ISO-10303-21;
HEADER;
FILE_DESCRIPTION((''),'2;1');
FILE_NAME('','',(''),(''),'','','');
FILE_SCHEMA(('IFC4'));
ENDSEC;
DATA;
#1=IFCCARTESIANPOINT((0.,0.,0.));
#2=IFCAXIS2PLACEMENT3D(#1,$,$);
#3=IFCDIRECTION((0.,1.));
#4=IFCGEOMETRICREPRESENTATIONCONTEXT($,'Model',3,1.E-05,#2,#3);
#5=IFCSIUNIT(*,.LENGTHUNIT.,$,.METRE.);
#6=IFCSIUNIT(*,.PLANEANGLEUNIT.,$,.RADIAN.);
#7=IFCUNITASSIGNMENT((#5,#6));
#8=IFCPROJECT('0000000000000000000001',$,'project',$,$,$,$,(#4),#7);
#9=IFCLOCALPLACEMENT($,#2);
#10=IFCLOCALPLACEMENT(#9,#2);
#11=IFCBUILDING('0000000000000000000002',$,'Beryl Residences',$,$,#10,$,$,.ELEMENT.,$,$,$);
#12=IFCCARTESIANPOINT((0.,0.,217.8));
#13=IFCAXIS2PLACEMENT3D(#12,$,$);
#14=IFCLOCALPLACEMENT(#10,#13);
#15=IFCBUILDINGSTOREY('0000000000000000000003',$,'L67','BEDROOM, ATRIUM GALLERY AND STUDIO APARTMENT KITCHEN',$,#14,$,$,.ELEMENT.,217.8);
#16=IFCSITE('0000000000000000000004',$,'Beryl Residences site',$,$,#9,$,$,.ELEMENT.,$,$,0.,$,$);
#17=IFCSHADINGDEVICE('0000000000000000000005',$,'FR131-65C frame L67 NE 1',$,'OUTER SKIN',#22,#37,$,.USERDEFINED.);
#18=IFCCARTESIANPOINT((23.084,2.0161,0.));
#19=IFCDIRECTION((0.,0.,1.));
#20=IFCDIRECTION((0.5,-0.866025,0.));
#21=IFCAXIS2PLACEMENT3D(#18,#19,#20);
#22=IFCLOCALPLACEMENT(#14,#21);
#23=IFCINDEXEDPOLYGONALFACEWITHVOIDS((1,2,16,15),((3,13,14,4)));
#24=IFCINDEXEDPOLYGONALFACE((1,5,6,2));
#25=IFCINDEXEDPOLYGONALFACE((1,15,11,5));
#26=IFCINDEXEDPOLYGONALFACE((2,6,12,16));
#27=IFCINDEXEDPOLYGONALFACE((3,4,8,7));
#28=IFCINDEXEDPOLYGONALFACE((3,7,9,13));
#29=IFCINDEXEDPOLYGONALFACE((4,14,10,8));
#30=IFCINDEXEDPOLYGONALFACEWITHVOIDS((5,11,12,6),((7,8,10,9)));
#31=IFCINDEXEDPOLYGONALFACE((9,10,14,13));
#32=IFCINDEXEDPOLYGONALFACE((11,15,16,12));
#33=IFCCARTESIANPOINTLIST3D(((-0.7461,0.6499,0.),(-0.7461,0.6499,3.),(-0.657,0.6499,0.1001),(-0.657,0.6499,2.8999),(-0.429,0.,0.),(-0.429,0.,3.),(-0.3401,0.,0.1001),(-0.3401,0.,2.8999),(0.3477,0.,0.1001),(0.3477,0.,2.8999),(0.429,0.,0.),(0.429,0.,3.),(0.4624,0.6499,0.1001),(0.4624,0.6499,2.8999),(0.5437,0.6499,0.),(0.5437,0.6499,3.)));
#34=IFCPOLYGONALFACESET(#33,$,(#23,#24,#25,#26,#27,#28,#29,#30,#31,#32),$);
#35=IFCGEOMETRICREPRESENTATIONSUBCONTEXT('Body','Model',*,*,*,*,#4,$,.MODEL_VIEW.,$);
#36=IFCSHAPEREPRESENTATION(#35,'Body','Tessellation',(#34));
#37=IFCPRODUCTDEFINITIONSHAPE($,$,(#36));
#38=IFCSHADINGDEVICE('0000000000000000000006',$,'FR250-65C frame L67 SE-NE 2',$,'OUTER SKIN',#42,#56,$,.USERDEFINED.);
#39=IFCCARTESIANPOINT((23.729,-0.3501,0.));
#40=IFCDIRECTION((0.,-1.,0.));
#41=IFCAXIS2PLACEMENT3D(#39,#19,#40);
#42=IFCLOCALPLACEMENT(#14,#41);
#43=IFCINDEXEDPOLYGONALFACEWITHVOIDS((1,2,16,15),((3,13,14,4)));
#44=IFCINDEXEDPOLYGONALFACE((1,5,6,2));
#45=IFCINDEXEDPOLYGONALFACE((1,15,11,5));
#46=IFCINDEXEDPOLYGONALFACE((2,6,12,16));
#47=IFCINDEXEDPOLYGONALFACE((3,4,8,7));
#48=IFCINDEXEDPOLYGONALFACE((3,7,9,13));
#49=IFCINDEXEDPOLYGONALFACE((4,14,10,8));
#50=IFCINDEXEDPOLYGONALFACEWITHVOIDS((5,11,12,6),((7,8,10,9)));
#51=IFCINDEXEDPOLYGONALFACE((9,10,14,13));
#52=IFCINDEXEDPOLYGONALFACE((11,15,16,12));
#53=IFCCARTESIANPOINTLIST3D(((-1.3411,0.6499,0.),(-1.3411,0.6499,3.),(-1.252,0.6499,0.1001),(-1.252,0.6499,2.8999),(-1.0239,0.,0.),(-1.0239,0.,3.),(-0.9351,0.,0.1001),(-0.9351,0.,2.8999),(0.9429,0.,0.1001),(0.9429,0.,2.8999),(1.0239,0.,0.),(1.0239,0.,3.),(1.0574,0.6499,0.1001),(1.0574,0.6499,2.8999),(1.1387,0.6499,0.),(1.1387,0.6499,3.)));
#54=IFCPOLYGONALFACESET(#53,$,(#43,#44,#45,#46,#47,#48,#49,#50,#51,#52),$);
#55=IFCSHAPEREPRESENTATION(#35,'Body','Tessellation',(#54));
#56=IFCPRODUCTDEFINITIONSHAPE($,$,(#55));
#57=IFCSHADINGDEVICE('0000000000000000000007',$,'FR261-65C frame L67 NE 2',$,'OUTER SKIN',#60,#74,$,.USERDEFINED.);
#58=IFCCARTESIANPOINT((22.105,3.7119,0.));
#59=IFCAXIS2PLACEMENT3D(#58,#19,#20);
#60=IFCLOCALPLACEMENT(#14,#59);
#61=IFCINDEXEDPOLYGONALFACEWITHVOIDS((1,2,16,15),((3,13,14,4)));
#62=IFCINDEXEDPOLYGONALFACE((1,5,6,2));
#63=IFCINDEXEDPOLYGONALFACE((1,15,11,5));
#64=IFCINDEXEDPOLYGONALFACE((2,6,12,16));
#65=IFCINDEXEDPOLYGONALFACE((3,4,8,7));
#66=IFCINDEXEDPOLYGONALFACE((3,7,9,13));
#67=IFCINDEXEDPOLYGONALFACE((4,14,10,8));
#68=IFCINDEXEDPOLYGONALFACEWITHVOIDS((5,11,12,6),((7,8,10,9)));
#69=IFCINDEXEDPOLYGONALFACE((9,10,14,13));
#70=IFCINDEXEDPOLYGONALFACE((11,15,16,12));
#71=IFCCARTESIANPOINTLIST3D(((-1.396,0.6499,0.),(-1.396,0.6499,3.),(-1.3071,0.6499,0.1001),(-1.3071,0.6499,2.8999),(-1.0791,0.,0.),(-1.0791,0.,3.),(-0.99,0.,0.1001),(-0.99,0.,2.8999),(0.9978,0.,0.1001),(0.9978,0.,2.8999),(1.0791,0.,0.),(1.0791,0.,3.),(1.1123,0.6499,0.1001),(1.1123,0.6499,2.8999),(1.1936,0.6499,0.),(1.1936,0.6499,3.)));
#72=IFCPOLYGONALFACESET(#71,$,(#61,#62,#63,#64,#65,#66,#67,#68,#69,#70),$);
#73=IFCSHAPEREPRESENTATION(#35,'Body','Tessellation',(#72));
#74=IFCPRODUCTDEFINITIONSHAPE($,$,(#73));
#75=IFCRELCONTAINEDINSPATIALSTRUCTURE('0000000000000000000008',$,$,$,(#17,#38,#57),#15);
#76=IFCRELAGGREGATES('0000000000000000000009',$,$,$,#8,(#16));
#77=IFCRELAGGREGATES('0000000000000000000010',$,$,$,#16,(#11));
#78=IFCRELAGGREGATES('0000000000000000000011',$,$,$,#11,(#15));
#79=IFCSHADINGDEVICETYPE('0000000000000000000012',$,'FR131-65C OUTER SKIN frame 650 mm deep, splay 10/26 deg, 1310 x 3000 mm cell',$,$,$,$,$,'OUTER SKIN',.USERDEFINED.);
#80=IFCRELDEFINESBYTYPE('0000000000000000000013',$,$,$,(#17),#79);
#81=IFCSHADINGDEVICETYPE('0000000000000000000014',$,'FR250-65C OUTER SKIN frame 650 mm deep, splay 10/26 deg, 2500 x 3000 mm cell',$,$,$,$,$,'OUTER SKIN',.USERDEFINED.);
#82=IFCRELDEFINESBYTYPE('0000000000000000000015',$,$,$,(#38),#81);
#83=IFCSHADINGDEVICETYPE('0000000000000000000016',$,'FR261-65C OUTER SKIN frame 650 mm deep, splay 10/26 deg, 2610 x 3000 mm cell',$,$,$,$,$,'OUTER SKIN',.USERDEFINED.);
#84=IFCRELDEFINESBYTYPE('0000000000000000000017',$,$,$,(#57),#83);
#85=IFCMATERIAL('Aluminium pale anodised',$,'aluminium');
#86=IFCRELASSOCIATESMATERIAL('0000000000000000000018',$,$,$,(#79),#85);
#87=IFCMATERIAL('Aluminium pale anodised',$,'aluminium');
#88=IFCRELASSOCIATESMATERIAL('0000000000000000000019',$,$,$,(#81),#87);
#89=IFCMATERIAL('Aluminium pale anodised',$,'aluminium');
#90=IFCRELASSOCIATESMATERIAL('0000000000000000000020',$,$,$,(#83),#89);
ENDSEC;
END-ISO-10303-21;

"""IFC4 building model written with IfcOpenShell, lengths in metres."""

from ifc_helpers import new_model, entity, si_unit, direction, frame, origin, place, context, subcontext, project, spatial, source, transform, mapped, material, type_object, type_shapes, element, save


model = new_model("IFC4")

# Units and contexts
model_context = context("Model", 3, precision=1e-05, world=origin(), true_north=direction((0.0, 1.0)))
body_context = subcontext(model_context, "Body", "Model", "MODEL_VIEW")
ifc_project = project(units=[si_unit("LENGTHUNIT", "METRE"), si_unit("PLANEANGLEUNIT", "RADIAN")], contexts=[model_context])

# Site, building, storey
site_placement = place(None, origin())
site = spatial("IfcSite", under=ifc_project, at=site_placement, Name="Beryl Residences site", CompositionType="ELEMENT", RefElevation=0.0)
building_placement = place(site_placement, origin())
building = spatial("IfcBuilding", under=site, at=building_placement, Name="Beryl Residences", CompositionType="ELEMENT")
storey_placement = place(building_placement, frame((0.0, 0.0, 217.8)))
storey = spatial("IfcBuildingStorey", under=building, at=storey_placement, Name="L67", Description="BEDROOM, ATRIUM GALLERY AND STUDIO APARTMENT KITCHEN", CompositionType="ELEMENT", Elevation=217.8)

# Shading devices
ifc_material_1 = material(Name="Aluminium pale anodised", Category="aluminium")
shading_device_type_1 = type_object("IfcShadingDeviceType", Name="FR131-65C OUTER SKIN frame 650 mm deep, splay 10/26 deg, 1310 x 3000 mm cell", ElementType="OUTER SKIN", PredefinedType="USERDEFINED", material=ifc_material_1)
cartesian_point_1 = entity("IfcCartesianPoint", [-0.429, 0.0])
cartesian_point_2 = entity("IfcCartesianPoint", [-0.3477, 0.1001])
cartesian_point_3 = entity("IfcCartesianPoint", [-0.5437, 0.0])
cartesian_point_4 = entity("IfcCartesianPoint", [-0.4624, 0.1001])
shared_shape_1 = source(origin(), body_context, "Body", "SweptSolid", [
    entity("IfcExtrudedAreaSolidTapered", entity("IfcArbitraryProfileDefWithVoids", "AREA", None, entity("IfcPolyline", [cartesian_point_1, entity("IfcCartesianPoint", [0.429, 0.0]), entity("IfcCartesianPoint", [0.429, 3.0]), entity("IfcCartesianPoint", [-0.429, 3.0]), cartesian_point_1]), [entity("IfcPolyline", [cartesian_point_2, entity("IfcCartesianPoint", [0.3401, 0.1001]), entity("IfcCartesianPoint", [0.3401, 2.8999]), entity("IfcCartesianPoint", [-0.3477, 2.8999]), cartesian_point_2])]), entity("IfcAxis2Placement3D", entity("IfcCartesianPoint", [0.0, 0.0, 0.0]), entity("IfcDirection", [0.0, 1.0, 0.0]), entity("IfcDirection", [-1.0, 0.0, 0.0])), entity("IfcDirection", [0.0, 0.0, 1.0]), 0.6499, entity("IfcArbitraryProfileDefWithVoids", "AREA", None, entity("IfcPolyline", [cartesian_point_3, entity("IfcCartesianPoint", [0.7461, 0.0]), entity("IfcCartesianPoint", [0.7461, 3.0]), entity("IfcCartesianPoint", [-0.5437, 3.0]), cartesian_point_3]), [entity("IfcPolyline", [cartesian_point_4, entity("IfcCartesianPoint", [0.657, 0.1001]), entity("IfcCartesianPoint", [0.657, 2.8999]), entity("IfcCartesianPoint", [-0.4624, 2.8999]), cartesian_point_4])])),
])
type_shapes(shading_device_type_1, [shared_shape_1])
shading_device_1_placement = place(storey_placement, frame((23.084, 2.0161, 0.0), z_axis=(0.0, 0.0, 1.0), x_axis=(0.5, -0.866025, 0.0)))
element("IfcShadingDevice", 1, at=shading_device_1_placement, inside=storey, type_object=shading_device_type_1, Name="FR131-65C frame L67 NE 1", ObjectType="OUTER SKIN", PredefinedType="USERDEFINED", context=body_context, shape_type="MappedRepresentation", body=[
    mapped(shared_shape_1, transform((0.0, 0.0, 0.0))),
])
ifc_material_2 = material(Name="Aluminium pale anodised", Category="aluminium")
shading_device_type_2 = type_object("IfcShadingDeviceType", Name="FR250-65C OUTER SKIN frame 650 mm deep, splay 10/26 deg, 2500 x 3000 mm cell", ElementType="OUTER SKIN", PredefinedType="USERDEFINED", material=ifc_material_2)
cartesian_point_5 = entity("IfcCartesianPoint", [-1.0239, 0.0])
cartesian_point_6 = entity("IfcCartesianPoint", [-0.9429, 0.1001])
cartesian_point_7 = entity("IfcCartesianPoint", [-1.1387, 0.0])
cartesian_point_8 = entity("IfcCartesianPoint", [-1.0574, 0.1001])
shared_shape_2 = source(origin(), body_context, "Body", "SweptSolid", [
    entity("IfcExtrudedAreaSolidTapered", entity("IfcArbitraryProfileDefWithVoids", "AREA", None, entity("IfcPolyline", [cartesian_point_5, entity("IfcCartesianPoint", [1.0239, 0.0]), entity("IfcCartesianPoint", [1.0239, 3.0]), entity("IfcCartesianPoint", [-1.0239, 3.0]), cartesian_point_5]), [entity("IfcPolyline", [cartesian_point_6, entity("IfcCartesianPoint", [0.9351, 0.1001]), entity("IfcCartesianPoint", [0.9351, 2.8999]), entity("IfcCartesianPoint", [-0.9429, 2.8999]), cartesian_point_6])]), entity("IfcAxis2Placement3D", entity("IfcCartesianPoint", [0.0, 0.0, 0.0]), entity("IfcDirection", [0.0, 1.0, 0.0]), entity("IfcDirection", [-1.0, 0.0, 0.0])), entity("IfcDirection", [0.0, 0.0, 1.0]), 0.6499, entity("IfcArbitraryProfileDefWithVoids", "AREA", None, entity("IfcPolyline", [cartesian_point_7, entity("IfcCartesianPoint", [1.3411, 0.0]), entity("IfcCartesianPoint", [1.3411, 3.0]), entity("IfcCartesianPoint", [-1.1387, 3.0]), cartesian_point_7]), [entity("IfcPolyline", [cartesian_point_8, entity("IfcCartesianPoint", [1.252, 0.1001]), entity("IfcCartesianPoint", [1.252, 2.8999]), entity("IfcCartesianPoint", [-1.0574, 2.8999]), cartesian_point_8])])),
])
type_shapes(shading_device_type_2, [shared_shape_2])
shading_device_2_placement = place(storey_placement, frame((23.729, -0.3501, 0.0), z_axis=(0.0, 0.0, 1.0), x_axis=(0.0, -1.0, 0.0)))
element("IfcShadingDevice", 2, at=shading_device_2_placement, inside=storey, type_object=shading_device_type_2, Name="FR250-65C frame L67 SE-NE 2", ObjectType="OUTER SKIN", PredefinedType="USERDEFINED", context=body_context, shape_type="MappedRepresentation", body=[
    mapped(shared_shape_2, transform((0.0, 0.0, 0.0))),
])
ifc_material_3 = material(Name="Aluminium pale anodised", Category="aluminium")
shading_device_type_3 = type_object("IfcShadingDeviceType", Name="FR261-65C OUTER SKIN frame 650 mm deep, splay 10/26 deg, 2610 x 3000 mm cell", ElementType="OUTER SKIN", PredefinedType="USERDEFINED", material=ifc_material_3)
cartesian_point_9 = entity("IfcCartesianPoint", [-1.0791, 0.0])
cartesian_point_10 = entity("IfcCartesianPoint", [-0.9978, 0.1001])
cartesian_point_11 = entity("IfcCartesianPoint", [-1.1936, 0.0])
cartesian_point_12 = entity("IfcCartesianPoint", [-1.1123, 0.1001])
shared_shape_3 = source(origin(), body_context, "Body", "SweptSolid", [
    entity("IfcExtrudedAreaSolidTapered", entity("IfcArbitraryProfileDefWithVoids", "AREA", None, entity("IfcPolyline", [cartesian_point_9, entity("IfcCartesianPoint", [1.0791, 0.0]), entity("IfcCartesianPoint", [1.0791, 3.0]), entity("IfcCartesianPoint", [-1.0791, 3.0]), cartesian_point_9]), [entity("IfcPolyline", [cartesian_point_10, entity("IfcCartesianPoint", [0.99, 0.1001]), entity("IfcCartesianPoint", [0.99, 2.8999]), entity("IfcCartesianPoint", [-0.9978, 2.8999]), cartesian_point_10])]), entity("IfcAxis2Placement3D", entity("IfcCartesianPoint", [0.0, 0.0, 0.0]), entity("IfcDirection", [0.0, 1.0, 0.0]), entity("IfcDirection", [-1.0, 0.0, 0.0])), entity("IfcDirection", [0.0, 0.0, 1.0]), 0.6499, entity("IfcArbitraryProfileDefWithVoids", "AREA", None, entity("IfcPolyline", [cartesian_point_11, entity("IfcCartesianPoint", [1.396, 0.0]), entity("IfcCartesianPoint", [1.396, 3.0]), entity("IfcCartesianPoint", [-1.1936, 3.0]), cartesian_point_11]), [entity("IfcPolyline", [cartesian_point_12, entity("IfcCartesianPoint", [1.3071, 0.1001]), entity("IfcCartesianPoint", [1.3071, 2.8999]), entity("IfcCartesianPoint", [-1.1123, 2.8999]), cartesian_point_12])])),
])
type_shapes(shading_device_type_3, [shared_shape_3])
shading_device_3_placement = place(storey_placement, frame((22.105, 3.7119, 0.0), z_axis=(0.0, 0.0, 1.0), x_axis=(0.5, -0.866025, 0.0)))
element("IfcShadingDevice", 3, at=shading_device_3_placement, inside=storey, type_object=shading_device_type_3, Name="FR261-65C frame L67 NE 2", ObjectType="OUTER SKIN", PredefinedType="USERDEFINED", context=body_context, shape_type="MappedRepresentation", body=[
    mapped(shared_shape_3, transform((0.0, 0.0, 0.0))),
])

save(model, "model.ifc")
